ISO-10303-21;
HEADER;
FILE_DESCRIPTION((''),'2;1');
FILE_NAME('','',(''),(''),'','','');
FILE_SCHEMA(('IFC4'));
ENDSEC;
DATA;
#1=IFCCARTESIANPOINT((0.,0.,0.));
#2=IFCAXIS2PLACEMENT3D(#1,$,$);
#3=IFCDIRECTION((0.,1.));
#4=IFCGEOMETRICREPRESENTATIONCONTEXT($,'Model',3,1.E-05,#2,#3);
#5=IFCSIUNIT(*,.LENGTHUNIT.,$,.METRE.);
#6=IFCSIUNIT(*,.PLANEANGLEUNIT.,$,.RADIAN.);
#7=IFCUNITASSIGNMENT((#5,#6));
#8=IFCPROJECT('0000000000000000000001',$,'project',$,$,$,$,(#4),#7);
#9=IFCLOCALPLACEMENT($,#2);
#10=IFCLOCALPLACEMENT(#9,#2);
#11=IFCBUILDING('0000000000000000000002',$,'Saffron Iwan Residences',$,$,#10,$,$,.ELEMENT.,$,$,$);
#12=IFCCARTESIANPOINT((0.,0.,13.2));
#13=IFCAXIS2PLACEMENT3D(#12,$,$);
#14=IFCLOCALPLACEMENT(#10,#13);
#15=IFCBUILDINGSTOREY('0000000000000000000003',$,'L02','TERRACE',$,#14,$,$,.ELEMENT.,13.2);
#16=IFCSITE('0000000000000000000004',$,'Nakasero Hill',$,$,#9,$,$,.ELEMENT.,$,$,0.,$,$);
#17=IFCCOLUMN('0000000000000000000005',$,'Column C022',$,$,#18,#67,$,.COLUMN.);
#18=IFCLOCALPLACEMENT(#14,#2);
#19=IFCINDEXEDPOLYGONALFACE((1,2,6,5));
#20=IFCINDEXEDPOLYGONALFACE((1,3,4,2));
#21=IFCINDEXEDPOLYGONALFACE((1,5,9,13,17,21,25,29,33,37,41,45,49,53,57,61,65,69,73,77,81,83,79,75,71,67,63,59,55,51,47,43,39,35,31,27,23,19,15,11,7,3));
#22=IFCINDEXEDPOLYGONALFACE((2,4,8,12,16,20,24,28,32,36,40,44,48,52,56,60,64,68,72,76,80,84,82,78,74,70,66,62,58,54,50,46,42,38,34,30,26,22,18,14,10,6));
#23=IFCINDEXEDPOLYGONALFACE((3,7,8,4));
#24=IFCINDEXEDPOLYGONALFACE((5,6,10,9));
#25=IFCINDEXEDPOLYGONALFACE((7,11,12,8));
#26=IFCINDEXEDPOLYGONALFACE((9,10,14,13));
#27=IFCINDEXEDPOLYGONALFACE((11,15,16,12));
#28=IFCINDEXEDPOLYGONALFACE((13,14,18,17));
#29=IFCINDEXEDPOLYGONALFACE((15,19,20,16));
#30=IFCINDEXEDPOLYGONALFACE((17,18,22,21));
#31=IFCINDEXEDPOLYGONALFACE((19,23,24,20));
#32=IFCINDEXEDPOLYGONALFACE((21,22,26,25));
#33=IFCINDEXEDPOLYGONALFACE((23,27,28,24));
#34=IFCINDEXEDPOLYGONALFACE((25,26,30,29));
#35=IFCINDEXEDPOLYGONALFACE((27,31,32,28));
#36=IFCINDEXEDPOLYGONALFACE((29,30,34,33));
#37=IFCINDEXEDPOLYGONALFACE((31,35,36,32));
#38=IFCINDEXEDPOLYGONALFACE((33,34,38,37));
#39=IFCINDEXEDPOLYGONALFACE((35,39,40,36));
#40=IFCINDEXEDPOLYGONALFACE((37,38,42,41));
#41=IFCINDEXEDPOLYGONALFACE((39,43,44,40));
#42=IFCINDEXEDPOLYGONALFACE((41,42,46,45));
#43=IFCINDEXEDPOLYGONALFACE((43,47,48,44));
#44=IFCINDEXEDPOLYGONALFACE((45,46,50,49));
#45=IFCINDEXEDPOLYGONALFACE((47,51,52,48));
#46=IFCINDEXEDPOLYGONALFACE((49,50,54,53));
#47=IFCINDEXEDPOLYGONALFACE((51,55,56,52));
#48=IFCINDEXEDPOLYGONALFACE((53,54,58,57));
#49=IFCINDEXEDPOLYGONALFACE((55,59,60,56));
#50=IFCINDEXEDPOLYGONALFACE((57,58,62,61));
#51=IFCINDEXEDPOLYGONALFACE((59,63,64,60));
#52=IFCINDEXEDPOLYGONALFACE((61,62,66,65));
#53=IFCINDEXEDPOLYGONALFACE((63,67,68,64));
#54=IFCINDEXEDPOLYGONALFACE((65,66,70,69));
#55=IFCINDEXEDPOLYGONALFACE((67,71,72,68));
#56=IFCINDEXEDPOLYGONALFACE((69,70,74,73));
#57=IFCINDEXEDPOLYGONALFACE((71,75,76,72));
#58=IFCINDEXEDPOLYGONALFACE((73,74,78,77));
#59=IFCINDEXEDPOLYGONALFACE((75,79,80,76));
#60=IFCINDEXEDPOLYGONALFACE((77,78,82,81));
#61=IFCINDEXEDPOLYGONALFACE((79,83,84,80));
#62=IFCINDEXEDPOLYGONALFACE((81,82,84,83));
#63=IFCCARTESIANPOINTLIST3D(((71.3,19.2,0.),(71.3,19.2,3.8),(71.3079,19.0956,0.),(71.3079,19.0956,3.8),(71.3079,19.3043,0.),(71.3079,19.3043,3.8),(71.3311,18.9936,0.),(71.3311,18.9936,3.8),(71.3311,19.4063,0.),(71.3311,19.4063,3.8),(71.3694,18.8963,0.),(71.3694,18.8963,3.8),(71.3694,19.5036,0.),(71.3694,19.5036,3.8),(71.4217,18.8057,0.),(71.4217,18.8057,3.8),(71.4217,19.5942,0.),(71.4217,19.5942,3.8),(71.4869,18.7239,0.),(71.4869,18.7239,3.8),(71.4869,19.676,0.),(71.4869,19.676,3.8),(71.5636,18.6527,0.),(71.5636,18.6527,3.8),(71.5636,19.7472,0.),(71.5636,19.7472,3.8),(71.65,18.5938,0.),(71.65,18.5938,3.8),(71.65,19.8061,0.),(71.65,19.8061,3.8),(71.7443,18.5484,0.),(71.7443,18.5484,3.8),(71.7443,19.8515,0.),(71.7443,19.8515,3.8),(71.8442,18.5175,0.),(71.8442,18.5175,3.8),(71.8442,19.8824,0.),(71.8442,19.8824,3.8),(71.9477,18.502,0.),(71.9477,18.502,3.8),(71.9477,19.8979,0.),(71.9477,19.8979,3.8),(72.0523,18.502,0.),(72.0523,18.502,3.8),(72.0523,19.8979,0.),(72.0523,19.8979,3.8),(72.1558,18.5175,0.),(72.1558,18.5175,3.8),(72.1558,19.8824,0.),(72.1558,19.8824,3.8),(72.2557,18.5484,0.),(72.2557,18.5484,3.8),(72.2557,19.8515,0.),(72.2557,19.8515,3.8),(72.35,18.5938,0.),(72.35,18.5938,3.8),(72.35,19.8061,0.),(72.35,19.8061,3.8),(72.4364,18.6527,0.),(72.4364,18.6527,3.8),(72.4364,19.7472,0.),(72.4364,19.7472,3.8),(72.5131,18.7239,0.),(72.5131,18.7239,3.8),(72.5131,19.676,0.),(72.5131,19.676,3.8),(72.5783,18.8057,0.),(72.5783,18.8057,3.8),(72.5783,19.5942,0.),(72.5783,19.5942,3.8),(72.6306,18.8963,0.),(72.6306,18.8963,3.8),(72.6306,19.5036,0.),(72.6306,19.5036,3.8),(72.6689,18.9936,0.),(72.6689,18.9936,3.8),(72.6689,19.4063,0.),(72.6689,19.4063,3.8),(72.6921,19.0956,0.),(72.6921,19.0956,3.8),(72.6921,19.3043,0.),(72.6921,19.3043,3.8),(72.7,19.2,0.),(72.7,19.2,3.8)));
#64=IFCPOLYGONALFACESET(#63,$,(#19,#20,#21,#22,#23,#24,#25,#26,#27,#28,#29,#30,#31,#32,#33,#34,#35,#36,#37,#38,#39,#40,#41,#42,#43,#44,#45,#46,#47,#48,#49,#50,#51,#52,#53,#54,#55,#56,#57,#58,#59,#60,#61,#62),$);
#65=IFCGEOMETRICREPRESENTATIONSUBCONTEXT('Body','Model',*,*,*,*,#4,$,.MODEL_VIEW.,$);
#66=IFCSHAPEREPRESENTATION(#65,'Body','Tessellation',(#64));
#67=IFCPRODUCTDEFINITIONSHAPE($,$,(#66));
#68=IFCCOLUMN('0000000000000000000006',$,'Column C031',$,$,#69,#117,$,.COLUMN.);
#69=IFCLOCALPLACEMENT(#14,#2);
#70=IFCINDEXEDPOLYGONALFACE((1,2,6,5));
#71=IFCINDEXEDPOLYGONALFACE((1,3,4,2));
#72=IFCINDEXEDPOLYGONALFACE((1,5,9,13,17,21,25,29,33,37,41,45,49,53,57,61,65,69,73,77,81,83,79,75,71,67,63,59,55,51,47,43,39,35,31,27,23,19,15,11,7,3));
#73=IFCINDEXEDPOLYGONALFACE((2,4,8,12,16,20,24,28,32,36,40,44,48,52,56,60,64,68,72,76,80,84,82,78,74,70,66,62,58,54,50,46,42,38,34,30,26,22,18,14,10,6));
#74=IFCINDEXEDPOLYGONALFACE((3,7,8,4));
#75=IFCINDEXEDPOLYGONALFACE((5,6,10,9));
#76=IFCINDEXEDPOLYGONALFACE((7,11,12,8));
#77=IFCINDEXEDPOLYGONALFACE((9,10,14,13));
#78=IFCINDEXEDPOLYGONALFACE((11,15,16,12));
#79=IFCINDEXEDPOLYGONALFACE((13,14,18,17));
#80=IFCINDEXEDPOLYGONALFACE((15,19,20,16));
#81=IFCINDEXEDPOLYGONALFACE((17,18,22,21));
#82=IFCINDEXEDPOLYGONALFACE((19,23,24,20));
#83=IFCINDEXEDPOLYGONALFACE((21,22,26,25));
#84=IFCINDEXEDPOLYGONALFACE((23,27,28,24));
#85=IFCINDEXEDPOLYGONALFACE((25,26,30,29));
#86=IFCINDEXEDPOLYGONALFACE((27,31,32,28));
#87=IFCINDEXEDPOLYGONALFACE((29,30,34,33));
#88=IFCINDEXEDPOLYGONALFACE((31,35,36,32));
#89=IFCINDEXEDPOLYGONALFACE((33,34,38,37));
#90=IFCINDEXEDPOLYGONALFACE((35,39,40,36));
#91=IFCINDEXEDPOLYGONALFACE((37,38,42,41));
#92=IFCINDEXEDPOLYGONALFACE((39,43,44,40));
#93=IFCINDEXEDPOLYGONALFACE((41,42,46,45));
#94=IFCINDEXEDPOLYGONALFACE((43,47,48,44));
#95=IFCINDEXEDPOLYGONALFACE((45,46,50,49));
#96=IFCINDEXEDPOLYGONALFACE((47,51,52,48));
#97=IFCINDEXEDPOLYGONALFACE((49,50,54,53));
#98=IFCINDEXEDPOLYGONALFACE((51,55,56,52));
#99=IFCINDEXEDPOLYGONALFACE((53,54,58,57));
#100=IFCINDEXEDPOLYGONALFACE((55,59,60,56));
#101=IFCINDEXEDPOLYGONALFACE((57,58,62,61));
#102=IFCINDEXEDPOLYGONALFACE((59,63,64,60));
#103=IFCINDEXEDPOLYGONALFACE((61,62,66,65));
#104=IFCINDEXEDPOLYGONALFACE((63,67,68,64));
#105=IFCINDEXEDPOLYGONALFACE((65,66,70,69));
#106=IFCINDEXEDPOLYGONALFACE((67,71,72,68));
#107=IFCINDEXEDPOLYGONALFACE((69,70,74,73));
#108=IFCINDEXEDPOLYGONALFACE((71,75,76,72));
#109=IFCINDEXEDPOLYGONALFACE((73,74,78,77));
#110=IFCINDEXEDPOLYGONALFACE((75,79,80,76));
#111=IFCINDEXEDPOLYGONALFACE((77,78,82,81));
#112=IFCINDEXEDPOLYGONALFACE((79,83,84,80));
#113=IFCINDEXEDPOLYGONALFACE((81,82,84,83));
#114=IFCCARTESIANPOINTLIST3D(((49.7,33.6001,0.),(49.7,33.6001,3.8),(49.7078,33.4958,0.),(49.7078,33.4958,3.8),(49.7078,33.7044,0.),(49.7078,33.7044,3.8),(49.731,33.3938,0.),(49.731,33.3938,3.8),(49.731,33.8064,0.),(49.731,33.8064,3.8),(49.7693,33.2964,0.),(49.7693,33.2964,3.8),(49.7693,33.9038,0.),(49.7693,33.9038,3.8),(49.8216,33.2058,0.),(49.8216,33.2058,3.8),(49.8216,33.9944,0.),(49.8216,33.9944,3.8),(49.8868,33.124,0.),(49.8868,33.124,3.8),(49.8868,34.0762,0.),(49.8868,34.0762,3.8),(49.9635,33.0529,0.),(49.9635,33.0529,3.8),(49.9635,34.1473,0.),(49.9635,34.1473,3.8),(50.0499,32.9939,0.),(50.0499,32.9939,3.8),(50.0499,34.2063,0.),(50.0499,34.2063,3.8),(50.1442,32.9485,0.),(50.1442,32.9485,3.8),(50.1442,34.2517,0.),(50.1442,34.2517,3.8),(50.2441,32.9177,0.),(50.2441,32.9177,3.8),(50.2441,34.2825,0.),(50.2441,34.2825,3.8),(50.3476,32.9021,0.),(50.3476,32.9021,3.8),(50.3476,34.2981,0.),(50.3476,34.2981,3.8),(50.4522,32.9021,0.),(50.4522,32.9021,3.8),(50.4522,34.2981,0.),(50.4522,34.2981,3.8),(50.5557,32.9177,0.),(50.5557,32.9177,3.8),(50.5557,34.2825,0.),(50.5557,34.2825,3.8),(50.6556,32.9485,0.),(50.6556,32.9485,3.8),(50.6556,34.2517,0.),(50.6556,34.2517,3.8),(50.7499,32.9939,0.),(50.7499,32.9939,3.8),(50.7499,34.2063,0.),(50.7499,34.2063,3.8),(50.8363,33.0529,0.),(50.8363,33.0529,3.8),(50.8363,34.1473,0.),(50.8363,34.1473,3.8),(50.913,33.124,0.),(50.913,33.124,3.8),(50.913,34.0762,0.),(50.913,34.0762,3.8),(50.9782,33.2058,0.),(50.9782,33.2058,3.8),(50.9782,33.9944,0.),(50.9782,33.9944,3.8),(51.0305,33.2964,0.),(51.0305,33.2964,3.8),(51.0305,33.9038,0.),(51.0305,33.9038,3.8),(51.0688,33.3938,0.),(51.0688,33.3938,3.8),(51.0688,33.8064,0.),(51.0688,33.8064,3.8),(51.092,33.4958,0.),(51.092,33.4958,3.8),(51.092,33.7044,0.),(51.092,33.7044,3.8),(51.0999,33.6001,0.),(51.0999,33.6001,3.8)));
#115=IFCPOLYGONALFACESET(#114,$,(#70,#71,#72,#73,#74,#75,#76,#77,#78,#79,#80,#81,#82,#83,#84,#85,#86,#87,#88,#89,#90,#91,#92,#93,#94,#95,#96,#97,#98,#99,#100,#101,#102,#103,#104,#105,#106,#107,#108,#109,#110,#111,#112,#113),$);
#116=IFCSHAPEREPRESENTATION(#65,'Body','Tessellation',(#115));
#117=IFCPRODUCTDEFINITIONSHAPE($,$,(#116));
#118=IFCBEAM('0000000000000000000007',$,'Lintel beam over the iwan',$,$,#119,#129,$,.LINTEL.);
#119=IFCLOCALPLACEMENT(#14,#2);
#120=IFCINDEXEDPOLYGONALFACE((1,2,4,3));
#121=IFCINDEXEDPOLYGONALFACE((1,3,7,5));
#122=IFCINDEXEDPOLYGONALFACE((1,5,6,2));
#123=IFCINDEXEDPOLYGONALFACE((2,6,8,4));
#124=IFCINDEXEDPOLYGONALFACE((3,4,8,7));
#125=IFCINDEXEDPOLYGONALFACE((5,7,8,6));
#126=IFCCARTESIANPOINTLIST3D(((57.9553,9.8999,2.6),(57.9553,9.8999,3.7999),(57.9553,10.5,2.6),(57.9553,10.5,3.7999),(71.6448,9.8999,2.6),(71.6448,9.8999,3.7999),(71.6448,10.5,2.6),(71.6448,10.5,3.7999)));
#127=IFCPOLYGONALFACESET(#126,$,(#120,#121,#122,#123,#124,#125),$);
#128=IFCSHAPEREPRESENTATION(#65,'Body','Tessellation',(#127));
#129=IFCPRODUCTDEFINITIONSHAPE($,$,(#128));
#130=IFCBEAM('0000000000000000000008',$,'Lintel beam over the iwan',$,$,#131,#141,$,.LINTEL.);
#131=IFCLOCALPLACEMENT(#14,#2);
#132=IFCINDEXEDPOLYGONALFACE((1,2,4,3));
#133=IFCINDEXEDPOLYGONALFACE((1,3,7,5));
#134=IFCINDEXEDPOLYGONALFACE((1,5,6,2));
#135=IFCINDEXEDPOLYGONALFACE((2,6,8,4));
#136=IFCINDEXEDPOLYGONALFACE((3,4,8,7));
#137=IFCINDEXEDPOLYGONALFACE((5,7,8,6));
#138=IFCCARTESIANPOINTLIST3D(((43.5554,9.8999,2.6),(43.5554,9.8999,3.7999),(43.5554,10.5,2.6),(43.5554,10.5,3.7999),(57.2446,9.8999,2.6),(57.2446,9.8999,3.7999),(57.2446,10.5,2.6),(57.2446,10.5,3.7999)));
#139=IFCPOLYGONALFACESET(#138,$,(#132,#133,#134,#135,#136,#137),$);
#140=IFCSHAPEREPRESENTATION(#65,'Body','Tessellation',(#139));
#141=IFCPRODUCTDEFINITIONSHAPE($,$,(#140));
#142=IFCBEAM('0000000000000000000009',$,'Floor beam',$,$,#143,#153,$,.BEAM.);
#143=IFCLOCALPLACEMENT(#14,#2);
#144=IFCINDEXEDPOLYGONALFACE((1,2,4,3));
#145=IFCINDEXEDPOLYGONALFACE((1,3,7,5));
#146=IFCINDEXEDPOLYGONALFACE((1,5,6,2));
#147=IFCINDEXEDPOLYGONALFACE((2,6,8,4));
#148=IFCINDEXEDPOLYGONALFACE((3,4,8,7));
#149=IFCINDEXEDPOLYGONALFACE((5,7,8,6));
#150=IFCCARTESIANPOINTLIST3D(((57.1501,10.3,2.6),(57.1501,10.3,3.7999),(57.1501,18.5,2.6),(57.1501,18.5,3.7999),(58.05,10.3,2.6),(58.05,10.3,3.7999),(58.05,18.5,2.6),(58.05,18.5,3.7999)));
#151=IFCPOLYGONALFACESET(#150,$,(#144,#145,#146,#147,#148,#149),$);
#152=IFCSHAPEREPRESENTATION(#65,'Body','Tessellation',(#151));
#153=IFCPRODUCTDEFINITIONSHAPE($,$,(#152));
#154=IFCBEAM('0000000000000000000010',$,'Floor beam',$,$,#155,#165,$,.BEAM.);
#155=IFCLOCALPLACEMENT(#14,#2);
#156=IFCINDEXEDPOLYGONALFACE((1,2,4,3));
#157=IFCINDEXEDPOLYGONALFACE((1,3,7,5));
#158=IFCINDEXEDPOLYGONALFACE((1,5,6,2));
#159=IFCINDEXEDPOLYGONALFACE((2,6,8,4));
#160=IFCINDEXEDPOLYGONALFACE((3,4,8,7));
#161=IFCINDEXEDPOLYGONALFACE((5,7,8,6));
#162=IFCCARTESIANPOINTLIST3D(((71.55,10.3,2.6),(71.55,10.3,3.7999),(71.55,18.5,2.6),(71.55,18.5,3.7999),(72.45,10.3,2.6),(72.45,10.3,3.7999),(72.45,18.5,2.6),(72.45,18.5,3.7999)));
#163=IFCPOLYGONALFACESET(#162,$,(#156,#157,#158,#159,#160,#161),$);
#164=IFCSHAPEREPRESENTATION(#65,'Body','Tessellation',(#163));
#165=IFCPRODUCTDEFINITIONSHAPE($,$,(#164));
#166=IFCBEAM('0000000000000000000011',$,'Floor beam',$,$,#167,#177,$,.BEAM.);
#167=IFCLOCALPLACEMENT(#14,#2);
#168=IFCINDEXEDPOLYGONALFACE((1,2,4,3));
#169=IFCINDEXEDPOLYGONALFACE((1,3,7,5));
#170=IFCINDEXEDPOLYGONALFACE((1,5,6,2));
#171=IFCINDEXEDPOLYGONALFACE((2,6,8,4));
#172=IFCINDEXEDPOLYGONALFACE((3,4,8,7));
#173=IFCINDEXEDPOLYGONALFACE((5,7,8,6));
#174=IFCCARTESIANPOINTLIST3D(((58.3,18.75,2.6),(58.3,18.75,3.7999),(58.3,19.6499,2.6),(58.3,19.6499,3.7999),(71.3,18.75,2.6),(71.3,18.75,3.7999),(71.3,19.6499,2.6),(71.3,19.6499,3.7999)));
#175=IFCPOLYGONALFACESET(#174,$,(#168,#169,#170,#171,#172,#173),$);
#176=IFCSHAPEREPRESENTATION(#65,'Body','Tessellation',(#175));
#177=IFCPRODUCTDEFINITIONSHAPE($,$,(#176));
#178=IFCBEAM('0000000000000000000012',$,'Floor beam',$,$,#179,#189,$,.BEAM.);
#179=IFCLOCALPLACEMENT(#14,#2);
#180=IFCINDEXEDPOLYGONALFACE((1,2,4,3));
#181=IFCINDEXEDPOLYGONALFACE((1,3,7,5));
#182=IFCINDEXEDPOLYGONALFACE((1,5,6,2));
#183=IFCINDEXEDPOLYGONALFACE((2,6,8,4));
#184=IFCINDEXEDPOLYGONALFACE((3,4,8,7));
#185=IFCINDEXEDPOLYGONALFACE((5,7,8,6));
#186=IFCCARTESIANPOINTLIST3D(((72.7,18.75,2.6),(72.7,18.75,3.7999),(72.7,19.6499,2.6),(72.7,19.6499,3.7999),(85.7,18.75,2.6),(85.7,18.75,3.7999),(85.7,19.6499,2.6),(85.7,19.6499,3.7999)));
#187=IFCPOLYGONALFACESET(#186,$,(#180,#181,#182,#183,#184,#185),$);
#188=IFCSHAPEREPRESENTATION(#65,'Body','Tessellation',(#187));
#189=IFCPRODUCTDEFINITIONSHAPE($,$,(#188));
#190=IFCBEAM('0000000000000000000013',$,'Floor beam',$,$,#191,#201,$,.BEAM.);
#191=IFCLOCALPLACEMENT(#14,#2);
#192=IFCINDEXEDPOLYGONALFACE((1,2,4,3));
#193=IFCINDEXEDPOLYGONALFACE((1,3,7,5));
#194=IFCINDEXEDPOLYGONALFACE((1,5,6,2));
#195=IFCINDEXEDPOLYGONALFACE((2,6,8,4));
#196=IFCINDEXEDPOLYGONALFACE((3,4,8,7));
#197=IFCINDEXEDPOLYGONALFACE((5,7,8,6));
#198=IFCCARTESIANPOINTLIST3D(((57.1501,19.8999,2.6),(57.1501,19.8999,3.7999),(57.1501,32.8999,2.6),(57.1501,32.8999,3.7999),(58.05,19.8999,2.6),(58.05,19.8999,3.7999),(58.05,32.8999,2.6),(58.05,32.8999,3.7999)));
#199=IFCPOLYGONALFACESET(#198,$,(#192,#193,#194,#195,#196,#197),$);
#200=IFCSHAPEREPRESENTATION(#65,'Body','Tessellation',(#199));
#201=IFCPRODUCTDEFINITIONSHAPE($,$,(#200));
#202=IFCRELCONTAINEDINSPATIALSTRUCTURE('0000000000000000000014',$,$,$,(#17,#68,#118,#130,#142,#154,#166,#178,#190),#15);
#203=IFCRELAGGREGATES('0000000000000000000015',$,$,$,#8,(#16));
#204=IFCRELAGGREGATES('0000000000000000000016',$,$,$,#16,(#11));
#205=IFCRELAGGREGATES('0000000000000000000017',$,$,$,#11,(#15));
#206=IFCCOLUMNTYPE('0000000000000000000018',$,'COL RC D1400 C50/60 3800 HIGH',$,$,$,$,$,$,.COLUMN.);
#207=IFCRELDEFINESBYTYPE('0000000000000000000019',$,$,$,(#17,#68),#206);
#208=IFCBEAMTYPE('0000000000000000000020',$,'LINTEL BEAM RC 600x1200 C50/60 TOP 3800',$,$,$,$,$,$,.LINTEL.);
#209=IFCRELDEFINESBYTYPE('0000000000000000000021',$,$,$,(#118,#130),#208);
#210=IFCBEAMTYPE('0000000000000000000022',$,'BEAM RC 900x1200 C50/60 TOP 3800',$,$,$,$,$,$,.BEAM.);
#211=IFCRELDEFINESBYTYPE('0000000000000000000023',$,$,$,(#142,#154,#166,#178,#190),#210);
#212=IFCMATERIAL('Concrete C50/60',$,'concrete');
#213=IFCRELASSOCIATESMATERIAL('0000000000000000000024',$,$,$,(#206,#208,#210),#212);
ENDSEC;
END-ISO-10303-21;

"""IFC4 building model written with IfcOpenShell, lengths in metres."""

from ifc_helpers import new_model, si_unit, direction, frame, origin, origin_2d, place, context, subcontext, project, spatial, rectangle, circle, extrude, source, transform, mapped, material, material_profile, profile_set, type_object, element, save


model = new_model("IFC4")

# Units and contexts
model_context = context("Model", 3, precision=1e-05, world=origin(), true_north=direction((0.0, 1.0)))
body_context = subcontext(model_context, "Body", "Model", "MODEL_VIEW")
ifc_project = project(units=[si_unit("LENGTHUNIT", "METRE"), si_unit("PLANEANGLEUNIT", "RADIAN")], contexts=[model_context])

# Site, building, storey
site_placement = place(None, origin())
site = spatial("IfcSite", under=ifc_project, at=site_placement, Name="Nakasero Hill", CompositionType="ELEMENT", RefElevation=0.0)
building_placement = place(site_placement, origin())
building = spatial("IfcBuilding", under=site, at=building_placement, Name="Saffron Iwan Residences", CompositionType="ELEMENT")
storey_placement = place(building_placement, frame((0.0, 0.0, 13.2)))
storey = spatial("IfcBuildingStorey", under=building, at=storey_placement, Name="L02", Description="TERRACE", CompositionType="ELEMENT", Elevation=13.2)

# Columns
ifc_material_1 = material(Name="Concrete C50/60", Category="concrete")
ifc_material_profile_1 = material_profile(ifc_material_1, circle(Radius=0.7, at=origin_2d()), Name="RC D1400")
ifc_profile_set_1 = profile_set([ifc_material_profile_1], Name="Concrete C50/60")
column_type = type_object("IfcColumnType", Name="COL RC D1400 C50/60 3800 HIGH", PredefinedType="COLUMN", material=ifc_profile_set_1)
shared_shape_1 = source(origin(), body_context, "Body", "SweptSolid", [
    extrude(circle(Radius=0.7, at=origin_2d()), origin(), (0.0, 0.0, 1.0), 3.8),
])
for number, where, z_axis, x_axis, name in (
    (1, (72.0, 19.2, 0.0), (0.0, 0.0, 1.0), (1.0, 0.0, 0.0), "Column C022"),
    (2, (50.3999, 33.6001, 0.0), (0.0, 0.0, 1.0), (1.0, 0.0, 0.0), "Column C031"),
):
    element("IfcColumn", number, at=place(storey_placement, frame(where, z_axis=z_axis, x_axis=x_axis)), inside=storey, type_object=column_type, Name=name, PredefinedType="COLUMN", context=body_context, shape_type="MappedRepresentation", body=[
        mapped(shared_shape_1, transform((0.0, 0.0, 0.0))),
    ])

# Beams
ifc_material_profile_2 = material_profile(ifc_material_1, rectangle(XDim=0.6001, YDim=1.2, at=origin_2d()), Name="RC 600x1200")
ifc_profile_set_2 = profile_set([ifc_material_profile_2], Name="Concrete C50/60")
beam_type_1 = type_object("IfcBeamType", Name="LINTEL BEAM RC 600x1200 C50/60 TOP 3800", PredefinedType="LINTEL", material=ifc_profile_set_2)
shared_shape_2 = source(origin(), body_context, "Body", "SweptSolid", [
    extrude(rectangle(XDim=0.6001, YDim=1.2, at=origin_2d()), origin(), (0.0, 0.0, 1.0), 13.6895),
])
beam_1_placement = place(storey_placement, frame((71.6448, 10.2, 3.2), z_axis=(-1.0, 0.0, 0.0), x_axis=(0.0, -1.0, 0.0)))
element("IfcBeam", 3, at=beam_1_placement, inside=storey, type_object=beam_type_1, Name="Lintel beam over the iwan", PredefinedType="LINTEL", context=body_context, shape_type="MappedRepresentation", body=[
    mapped(shared_shape_2, transform((0.0, 0.0, 0.0))),
])
shared_shape_3 = source(origin(), body_context, "Body", "SweptSolid", [
    extrude(rectangle(XDim=0.6001, YDim=1.2, at=origin_2d()), origin(), (0.0, 0.0, 1.0), 13.6892),
])
beam_2_placement = place(storey_placement, frame((57.2446, 10.2, 3.2), z_axis=(-1.0, 0.0, 0.0), x_axis=(0.0, -1.0, 0.0)))
element("IfcBeam", 4, at=beam_2_placement, inside=storey, type_object=beam_type_1, Name="Lintel beam over the iwan", PredefinedType="LINTEL", context=body_context, shape_type="MappedRepresentation", body=[
    mapped(shared_shape_3, transform((0.0, 0.0, 0.0))),
])
ifc_material_profile_3 = material_profile(ifc_material_1, rectangle(XDim=0.8999, YDim=1.2, at=origin_2d()), Name="RC 900x1200")
ifc_profile_set_3 = profile_set([ifc_material_profile_3], Name="Concrete C50/60")
beam_type_2 = type_object("IfcBeamType", Name="BEAM RC 900x1200 C50/60 TOP 3800", PredefinedType="BEAM", material=ifc_profile_set_3)
shared_shape_4 = source(origin(), body_context, "Body", "SweptSolid", [
    extrude(rectangle(XDim=0.8999, YDim=1.2, at=origin_2d()), origin(), (0.0, 0.0, 1.0), 8.2),
])
for number, where, z_axis, x_axis, name in (
    (5, (57.6001, 10.3, 3.2), (0.0, 1.0, 0.0), (-1.0, 0.0, 0.0), "Floor beam"),
    (6, (72.0, 10.3, 3.2), (0.0, 1.0, 0.0), (-1.0, 0.0, 0.0), "Floor beam"),
):
    element("IfcBeam", number, at=place(storey_placement, frame(where, z_axis=z_axis, x_axis=x_axis)), inside=storey, type_object=beam_type_2, Name=name, PredefinedType="BEAM", context=body_context, shape_type="MappedRepresentation", body=[
        mapped(shared_shape_4, transform((0.0, 0.0, 0.0))),
    ])
shared_shape_5 = source(origin(), body_context, "Body", "SweptSolid", [
    extrude(rectangle(XDim=0.8999, YDim=1.2, at=origin_2d()), origin(), (0.0, 0.0, 1.0), 13.0),
])
for number, where, z_axis, x_axis, name in (
    (7, (58.3, 19.2, 3.2), (1.0, 0.0, 0.0), (0.0, 1.0, 0.0), "Floor beam"),
    (8, (72.7, 19.2, 3.2), (1.0, 0.0, 0.0), (0.0, 1.0, 0.0), "Floor beam"),
    (9, (57.6001, 19.8999, 3.2), (0.0, 1.0, 0.0), (-1.0, 0.0, 0.0), "Floor beam"),
):
    element("IfcBeam", number, at=place(storey_placement, frame(where, z_axis=z_axis, x_axis=x_axis)), inside=storey, type_object=beam_type_2, Name=name, PredefinedType="BEAM", context=body_context, shape_type="MappedRepresentation", body=[
        mapped(shared_shape_5, transform((0.0, 0.0, 0.0))),
    ])

save(model, "model.ifc")
